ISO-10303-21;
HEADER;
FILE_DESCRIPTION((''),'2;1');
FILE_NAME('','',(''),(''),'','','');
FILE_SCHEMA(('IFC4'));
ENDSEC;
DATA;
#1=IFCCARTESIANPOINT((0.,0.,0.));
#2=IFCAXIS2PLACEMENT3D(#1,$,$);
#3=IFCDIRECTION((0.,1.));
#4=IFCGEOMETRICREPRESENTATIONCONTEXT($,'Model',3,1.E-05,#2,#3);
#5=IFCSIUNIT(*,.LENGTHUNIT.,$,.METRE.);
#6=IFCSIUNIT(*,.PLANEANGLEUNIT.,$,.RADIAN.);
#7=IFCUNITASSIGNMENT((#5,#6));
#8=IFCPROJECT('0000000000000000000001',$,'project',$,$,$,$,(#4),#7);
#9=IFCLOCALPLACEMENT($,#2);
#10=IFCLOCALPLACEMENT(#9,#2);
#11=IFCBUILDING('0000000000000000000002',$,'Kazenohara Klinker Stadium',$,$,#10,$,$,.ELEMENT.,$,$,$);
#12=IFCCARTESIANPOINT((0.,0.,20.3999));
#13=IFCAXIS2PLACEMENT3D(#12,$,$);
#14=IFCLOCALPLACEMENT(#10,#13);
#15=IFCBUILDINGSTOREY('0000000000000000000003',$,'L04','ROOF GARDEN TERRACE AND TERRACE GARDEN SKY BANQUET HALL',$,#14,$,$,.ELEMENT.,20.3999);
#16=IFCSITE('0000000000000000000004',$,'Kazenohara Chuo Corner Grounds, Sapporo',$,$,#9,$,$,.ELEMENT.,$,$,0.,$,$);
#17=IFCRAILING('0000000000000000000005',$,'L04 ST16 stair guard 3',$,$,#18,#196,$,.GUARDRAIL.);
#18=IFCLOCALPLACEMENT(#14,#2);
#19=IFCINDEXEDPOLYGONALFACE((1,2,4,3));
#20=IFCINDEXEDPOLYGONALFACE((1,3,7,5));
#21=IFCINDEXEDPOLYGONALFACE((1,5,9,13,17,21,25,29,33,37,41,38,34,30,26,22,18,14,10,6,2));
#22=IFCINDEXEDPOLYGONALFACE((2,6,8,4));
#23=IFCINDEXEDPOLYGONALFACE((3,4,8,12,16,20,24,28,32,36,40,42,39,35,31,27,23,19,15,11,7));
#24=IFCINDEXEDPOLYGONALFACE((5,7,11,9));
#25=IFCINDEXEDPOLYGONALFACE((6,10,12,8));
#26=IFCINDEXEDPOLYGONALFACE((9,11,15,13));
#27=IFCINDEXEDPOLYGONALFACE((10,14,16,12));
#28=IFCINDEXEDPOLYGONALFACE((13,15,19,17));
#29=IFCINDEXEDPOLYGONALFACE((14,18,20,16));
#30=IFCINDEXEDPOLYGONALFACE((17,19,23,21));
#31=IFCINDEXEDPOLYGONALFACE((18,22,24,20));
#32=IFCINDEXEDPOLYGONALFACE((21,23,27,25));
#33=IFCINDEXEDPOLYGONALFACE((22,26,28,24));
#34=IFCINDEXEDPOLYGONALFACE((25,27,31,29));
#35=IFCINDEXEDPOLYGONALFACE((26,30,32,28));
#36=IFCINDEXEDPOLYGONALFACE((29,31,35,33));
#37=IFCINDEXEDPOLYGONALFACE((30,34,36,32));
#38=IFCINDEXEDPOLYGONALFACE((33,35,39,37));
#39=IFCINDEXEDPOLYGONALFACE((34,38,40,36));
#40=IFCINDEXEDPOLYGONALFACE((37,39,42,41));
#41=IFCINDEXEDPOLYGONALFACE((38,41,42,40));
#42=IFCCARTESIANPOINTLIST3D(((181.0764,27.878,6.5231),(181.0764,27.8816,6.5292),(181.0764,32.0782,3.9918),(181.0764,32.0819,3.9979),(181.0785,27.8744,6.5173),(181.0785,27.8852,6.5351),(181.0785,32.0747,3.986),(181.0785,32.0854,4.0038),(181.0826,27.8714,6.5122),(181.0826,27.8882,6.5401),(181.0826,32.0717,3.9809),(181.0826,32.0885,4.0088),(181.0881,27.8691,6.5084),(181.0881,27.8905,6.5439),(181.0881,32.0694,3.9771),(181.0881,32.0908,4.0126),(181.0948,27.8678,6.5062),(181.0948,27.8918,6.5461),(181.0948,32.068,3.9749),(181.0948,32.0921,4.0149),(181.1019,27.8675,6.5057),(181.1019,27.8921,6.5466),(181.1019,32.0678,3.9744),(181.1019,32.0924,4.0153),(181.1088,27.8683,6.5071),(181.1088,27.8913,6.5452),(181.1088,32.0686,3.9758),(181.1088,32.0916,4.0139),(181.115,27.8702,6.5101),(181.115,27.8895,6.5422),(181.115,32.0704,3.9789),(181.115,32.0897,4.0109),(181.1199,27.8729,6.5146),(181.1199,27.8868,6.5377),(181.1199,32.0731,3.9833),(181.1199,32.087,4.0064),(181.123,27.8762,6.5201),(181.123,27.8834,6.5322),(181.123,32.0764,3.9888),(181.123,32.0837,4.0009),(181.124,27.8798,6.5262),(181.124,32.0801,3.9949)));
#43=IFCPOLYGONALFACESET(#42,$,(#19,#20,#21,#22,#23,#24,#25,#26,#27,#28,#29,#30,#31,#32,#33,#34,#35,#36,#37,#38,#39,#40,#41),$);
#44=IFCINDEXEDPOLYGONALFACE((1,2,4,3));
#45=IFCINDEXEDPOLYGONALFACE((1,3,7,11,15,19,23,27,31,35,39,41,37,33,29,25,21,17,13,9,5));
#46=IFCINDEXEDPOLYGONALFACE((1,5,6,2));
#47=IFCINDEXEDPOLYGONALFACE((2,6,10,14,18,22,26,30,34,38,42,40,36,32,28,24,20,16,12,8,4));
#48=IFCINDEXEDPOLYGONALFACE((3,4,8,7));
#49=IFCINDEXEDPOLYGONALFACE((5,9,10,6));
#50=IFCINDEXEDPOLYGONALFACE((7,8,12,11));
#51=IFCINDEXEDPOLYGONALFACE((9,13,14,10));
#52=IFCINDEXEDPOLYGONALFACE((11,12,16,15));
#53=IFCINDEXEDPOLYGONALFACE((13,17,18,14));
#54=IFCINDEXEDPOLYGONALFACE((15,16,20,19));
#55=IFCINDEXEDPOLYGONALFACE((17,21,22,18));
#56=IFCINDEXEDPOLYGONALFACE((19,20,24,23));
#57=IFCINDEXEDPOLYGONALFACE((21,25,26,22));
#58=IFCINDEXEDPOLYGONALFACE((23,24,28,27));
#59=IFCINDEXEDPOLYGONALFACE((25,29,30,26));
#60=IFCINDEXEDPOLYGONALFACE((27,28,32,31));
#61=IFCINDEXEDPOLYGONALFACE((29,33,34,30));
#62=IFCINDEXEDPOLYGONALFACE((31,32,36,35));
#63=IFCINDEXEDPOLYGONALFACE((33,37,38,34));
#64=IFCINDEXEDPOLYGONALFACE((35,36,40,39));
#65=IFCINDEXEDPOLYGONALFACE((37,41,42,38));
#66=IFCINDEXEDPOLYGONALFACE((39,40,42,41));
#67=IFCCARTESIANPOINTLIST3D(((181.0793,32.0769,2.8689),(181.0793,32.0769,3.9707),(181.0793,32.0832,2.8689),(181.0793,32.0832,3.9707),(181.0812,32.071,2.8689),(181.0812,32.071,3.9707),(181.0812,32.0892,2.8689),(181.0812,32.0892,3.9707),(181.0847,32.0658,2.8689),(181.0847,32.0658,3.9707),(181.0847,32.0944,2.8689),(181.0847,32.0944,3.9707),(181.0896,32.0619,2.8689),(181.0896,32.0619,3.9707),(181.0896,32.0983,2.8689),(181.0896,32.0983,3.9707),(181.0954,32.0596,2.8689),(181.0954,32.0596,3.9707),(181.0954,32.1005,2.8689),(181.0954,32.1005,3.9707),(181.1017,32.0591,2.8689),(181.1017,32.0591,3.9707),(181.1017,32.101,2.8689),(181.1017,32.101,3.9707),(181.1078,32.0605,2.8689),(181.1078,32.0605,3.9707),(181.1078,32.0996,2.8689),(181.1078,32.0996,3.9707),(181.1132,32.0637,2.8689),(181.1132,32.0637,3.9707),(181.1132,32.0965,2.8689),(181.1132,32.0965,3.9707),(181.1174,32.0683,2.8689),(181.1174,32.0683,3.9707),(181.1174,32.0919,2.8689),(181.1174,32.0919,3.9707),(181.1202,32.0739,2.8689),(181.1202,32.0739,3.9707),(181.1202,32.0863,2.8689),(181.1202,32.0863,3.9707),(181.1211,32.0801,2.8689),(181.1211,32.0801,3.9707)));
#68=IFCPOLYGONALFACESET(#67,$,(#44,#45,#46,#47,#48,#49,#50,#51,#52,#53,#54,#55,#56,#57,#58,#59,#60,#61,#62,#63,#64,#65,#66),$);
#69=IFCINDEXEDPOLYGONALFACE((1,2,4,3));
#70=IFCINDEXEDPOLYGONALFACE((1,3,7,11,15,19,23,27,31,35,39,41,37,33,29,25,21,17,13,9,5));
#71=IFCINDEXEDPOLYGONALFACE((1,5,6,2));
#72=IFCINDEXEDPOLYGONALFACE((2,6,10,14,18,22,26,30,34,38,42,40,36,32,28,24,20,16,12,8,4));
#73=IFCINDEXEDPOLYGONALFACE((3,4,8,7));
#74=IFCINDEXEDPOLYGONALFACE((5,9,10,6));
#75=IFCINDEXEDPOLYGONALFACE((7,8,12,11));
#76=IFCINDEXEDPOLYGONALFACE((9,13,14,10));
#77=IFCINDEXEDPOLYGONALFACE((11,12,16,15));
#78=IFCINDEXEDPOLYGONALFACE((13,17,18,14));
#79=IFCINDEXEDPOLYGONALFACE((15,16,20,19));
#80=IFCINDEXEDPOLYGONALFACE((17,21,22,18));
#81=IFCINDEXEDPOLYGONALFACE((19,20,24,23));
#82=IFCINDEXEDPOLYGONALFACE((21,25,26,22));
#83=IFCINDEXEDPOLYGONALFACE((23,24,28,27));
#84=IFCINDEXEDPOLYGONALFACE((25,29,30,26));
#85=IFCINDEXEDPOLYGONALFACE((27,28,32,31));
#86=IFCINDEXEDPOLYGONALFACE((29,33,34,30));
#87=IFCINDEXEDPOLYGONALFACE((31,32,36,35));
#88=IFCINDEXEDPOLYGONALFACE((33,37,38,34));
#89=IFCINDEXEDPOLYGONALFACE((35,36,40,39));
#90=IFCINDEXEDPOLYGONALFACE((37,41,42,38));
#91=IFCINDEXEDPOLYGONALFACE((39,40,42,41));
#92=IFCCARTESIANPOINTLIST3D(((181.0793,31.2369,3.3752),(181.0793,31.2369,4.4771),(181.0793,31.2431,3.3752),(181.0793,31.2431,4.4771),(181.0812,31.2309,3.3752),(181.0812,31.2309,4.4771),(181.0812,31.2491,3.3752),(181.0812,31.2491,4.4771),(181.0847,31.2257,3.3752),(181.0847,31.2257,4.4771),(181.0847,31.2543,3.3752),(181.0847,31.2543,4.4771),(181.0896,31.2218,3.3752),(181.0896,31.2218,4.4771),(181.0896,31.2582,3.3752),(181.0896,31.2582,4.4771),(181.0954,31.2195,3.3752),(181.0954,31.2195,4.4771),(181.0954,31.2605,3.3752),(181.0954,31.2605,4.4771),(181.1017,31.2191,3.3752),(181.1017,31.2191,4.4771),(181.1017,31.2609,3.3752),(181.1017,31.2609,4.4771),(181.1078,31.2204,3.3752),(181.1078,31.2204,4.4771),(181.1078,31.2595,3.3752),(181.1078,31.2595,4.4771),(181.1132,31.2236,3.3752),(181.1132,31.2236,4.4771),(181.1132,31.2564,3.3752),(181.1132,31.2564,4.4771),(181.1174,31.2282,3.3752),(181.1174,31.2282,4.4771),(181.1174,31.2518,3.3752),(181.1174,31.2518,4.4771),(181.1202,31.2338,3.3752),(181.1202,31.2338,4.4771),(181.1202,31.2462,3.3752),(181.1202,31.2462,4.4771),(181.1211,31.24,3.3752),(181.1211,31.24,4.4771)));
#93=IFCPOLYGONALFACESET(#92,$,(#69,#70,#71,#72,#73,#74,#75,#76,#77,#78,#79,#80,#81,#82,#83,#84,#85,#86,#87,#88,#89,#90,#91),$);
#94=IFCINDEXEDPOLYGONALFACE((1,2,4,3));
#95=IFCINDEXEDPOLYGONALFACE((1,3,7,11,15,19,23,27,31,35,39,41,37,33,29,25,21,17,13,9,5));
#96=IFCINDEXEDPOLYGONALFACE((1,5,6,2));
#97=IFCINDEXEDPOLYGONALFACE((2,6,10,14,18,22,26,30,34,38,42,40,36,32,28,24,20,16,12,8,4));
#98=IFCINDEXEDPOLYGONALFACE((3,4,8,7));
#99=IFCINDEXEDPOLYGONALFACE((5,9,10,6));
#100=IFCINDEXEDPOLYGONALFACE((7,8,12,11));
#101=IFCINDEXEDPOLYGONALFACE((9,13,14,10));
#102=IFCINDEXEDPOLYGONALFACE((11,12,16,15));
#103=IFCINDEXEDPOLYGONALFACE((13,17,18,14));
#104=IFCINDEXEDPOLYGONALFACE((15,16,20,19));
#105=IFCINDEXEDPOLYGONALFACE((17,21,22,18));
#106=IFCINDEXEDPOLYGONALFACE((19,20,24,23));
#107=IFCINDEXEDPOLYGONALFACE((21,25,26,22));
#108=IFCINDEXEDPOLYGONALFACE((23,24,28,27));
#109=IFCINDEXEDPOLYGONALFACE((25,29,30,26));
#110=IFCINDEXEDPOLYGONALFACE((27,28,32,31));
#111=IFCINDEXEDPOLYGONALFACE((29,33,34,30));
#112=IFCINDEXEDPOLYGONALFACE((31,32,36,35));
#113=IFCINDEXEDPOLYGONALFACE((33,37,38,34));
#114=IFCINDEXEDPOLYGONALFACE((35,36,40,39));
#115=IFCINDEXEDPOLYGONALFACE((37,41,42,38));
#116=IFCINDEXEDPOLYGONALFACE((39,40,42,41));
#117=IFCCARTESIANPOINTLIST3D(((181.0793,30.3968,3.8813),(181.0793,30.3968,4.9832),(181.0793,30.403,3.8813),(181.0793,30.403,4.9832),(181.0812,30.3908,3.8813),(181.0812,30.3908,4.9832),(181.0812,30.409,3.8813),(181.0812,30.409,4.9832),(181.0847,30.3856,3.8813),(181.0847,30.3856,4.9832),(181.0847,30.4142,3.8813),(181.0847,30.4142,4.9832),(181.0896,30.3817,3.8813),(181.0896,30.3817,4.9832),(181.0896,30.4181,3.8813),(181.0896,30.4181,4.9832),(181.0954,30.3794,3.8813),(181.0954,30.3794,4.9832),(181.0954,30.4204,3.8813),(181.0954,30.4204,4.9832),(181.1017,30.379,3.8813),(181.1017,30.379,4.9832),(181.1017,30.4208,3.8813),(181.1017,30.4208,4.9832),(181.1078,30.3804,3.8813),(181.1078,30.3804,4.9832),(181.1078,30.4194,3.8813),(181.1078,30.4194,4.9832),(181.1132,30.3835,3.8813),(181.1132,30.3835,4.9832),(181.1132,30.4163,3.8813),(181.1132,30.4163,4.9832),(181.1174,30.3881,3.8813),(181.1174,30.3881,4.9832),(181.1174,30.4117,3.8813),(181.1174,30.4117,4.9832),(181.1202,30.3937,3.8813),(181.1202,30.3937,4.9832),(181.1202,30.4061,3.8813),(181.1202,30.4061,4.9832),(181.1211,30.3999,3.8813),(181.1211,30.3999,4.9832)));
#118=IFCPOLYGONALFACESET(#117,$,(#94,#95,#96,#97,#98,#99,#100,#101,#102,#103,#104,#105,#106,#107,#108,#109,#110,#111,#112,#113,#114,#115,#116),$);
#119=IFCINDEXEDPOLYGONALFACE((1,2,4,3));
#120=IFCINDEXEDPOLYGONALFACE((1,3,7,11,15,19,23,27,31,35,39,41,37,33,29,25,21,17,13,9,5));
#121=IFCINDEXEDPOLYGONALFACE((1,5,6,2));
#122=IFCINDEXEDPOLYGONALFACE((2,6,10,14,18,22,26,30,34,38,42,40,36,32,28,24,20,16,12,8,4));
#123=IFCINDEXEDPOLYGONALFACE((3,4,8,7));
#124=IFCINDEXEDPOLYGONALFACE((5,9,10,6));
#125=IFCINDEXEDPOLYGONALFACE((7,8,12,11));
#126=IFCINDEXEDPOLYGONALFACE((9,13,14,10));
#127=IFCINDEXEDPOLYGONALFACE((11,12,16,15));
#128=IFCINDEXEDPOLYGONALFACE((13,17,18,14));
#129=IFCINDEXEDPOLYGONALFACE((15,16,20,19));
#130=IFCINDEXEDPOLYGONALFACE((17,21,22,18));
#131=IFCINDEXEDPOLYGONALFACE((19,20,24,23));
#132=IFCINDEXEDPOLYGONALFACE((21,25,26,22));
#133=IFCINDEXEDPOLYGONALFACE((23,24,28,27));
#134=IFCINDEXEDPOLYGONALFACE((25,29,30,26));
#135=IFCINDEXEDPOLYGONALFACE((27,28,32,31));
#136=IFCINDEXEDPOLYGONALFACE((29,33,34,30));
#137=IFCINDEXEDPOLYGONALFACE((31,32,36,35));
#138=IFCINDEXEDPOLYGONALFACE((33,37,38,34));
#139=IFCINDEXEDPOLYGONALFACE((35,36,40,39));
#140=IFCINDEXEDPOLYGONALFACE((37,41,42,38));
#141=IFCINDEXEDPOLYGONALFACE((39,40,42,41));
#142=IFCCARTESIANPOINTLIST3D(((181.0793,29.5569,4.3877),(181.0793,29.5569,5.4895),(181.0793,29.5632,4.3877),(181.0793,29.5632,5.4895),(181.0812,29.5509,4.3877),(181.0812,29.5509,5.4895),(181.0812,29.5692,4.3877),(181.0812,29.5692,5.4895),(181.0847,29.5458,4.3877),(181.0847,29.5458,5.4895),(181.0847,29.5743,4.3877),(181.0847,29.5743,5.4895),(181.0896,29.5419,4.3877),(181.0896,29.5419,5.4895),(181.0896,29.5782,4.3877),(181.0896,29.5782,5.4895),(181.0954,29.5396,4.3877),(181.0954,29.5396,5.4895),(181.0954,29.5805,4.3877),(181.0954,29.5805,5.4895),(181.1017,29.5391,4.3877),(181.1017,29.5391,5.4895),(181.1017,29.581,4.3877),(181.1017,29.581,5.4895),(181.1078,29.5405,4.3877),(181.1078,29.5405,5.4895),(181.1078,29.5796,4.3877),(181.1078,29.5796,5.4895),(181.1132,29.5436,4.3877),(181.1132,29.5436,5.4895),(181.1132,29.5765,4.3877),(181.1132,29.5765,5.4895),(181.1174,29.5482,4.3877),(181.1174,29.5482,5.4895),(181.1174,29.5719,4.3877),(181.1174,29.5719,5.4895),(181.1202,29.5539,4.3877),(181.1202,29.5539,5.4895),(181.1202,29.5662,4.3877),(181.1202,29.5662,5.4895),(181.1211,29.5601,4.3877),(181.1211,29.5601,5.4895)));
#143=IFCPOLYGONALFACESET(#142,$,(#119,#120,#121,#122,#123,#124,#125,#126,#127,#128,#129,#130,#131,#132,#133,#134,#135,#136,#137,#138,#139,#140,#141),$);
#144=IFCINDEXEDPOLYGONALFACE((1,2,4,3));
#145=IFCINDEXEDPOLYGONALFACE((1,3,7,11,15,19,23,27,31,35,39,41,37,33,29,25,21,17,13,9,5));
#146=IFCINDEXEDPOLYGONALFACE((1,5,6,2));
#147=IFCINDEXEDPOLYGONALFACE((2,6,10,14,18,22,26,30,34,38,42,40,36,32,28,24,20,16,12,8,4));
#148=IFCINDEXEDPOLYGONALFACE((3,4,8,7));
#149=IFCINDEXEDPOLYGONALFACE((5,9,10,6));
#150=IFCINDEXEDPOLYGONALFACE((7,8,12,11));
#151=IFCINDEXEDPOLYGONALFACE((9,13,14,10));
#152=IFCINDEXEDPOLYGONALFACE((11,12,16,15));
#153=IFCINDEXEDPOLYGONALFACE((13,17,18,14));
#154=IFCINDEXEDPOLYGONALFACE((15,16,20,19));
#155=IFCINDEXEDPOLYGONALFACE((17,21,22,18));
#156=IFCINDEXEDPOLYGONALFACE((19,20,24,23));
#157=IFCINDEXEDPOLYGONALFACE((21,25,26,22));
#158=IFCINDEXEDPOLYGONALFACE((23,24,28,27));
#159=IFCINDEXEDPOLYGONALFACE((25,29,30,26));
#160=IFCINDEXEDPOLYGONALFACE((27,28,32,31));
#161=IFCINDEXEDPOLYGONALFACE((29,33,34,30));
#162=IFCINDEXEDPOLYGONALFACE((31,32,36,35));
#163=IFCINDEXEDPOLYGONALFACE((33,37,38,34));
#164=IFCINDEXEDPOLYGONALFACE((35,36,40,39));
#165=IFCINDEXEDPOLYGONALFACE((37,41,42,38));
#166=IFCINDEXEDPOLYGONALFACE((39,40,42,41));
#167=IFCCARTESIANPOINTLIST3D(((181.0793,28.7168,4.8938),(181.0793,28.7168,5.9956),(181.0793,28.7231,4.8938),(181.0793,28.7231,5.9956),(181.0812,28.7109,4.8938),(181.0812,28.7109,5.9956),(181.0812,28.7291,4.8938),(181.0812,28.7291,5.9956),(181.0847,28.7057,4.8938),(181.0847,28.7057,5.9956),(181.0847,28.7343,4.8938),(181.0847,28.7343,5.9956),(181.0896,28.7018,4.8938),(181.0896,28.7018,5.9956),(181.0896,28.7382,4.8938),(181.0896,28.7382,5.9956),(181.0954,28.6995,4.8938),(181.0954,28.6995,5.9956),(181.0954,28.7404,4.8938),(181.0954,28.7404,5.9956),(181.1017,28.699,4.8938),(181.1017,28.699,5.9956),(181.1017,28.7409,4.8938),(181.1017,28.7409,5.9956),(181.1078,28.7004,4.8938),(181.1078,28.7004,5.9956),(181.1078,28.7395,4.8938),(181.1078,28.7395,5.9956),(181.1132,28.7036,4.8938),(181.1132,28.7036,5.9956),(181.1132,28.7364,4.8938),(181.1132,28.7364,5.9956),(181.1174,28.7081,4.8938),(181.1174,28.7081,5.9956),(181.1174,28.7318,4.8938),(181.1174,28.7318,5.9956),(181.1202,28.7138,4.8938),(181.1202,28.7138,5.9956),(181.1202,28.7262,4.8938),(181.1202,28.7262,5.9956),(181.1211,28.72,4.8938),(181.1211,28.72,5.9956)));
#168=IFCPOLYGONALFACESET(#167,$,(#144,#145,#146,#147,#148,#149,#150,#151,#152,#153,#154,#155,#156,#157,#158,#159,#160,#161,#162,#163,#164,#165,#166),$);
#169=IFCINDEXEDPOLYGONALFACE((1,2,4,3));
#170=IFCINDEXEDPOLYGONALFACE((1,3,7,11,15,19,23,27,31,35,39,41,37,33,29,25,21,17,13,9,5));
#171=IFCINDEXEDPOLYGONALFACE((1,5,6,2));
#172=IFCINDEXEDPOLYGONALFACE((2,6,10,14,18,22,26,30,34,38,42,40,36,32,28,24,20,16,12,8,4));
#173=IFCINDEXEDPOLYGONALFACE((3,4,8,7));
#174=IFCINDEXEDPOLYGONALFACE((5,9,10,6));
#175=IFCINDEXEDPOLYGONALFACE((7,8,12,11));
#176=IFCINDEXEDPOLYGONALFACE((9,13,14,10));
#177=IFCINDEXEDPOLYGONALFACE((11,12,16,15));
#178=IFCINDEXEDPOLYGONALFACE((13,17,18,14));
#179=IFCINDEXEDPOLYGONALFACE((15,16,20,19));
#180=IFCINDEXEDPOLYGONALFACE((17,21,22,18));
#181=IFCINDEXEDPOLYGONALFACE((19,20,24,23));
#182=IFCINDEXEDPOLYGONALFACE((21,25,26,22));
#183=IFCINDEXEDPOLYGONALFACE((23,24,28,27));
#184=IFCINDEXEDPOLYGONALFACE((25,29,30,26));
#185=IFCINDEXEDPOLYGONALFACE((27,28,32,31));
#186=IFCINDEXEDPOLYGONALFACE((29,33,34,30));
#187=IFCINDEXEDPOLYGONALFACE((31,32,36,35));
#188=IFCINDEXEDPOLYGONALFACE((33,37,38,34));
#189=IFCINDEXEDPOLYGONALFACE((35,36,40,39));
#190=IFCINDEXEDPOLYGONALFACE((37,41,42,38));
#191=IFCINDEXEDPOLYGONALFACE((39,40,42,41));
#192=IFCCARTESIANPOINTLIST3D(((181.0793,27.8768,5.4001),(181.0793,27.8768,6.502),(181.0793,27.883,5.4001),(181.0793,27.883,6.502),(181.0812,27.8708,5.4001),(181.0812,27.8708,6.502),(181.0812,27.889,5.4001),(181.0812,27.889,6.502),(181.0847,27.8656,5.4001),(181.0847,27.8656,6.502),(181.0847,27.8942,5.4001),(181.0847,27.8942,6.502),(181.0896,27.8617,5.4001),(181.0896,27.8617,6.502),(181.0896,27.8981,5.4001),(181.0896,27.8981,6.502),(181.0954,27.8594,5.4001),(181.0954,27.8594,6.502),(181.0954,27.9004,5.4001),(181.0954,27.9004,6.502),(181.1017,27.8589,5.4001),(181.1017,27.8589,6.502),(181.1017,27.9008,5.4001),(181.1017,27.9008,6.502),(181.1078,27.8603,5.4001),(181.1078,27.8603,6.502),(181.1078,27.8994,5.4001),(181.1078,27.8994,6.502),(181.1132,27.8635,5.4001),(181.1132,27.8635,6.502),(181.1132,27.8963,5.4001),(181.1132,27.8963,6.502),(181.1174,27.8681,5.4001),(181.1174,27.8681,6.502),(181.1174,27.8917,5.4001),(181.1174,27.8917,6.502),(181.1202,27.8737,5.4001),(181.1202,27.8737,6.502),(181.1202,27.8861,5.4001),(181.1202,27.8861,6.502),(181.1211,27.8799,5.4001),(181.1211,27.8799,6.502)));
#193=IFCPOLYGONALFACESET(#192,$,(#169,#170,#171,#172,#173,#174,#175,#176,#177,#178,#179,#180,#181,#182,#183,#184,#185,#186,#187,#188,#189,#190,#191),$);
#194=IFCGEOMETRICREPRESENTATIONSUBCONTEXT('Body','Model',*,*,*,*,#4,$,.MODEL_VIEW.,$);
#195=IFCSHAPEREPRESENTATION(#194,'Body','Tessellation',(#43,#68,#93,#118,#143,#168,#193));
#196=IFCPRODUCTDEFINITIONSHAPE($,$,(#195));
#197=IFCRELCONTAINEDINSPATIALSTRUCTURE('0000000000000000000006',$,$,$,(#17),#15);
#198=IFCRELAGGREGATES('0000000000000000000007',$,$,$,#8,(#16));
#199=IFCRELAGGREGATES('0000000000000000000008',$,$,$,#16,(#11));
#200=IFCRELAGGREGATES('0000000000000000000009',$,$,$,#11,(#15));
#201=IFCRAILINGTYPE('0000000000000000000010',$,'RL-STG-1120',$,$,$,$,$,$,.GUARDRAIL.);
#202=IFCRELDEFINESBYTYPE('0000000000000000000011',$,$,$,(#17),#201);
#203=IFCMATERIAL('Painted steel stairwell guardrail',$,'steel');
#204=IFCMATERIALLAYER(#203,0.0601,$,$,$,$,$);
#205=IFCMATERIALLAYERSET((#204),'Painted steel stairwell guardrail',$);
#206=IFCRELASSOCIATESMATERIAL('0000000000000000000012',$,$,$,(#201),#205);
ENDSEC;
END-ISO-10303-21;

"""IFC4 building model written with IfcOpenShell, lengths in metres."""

from ifc_helpers import new_model, si_unit, direction, frame, origin, origin_2d, place, context, subcontext, project, spatial, circle, extrude, material, layer, layer_set, type_object, element, save


model = new_model("IFC4")

# Units and contexts
model_context = context("Model", 3, precision=1e-05, world=origin(), true_north=direction((0.0, 1.0)))
body_context = subcontext(model_context, "Body", "Model", "MODEL_VIEW")
ifc_project = project(units=[si_unit("LENGTHUNIT", "METRE"), si_unit("PLANEANGLEUNIT", "RADIAN")], contexts=[model_context])

# Site, building, storey
site_placement = place(None, origin())
site = spatial("IfcSite", under=ifc_project, at=site_placement, Name="Kazenohara Chuo Corner Grounds, Sapporo", CompositionType="ELEMENT", RefElevation=0.0)
building_placement = place(site_placement, origin())
building = spatial("IfcBuilding", under=site, at=building_placement, Name="Kazenohara Klinker Stadium", CompositionType="ELEMENT")
storey_placement = place(building_placement, frame((0.0, 0.0, 20.3999)))
storey = spatial("IfcBuildingStorey", under=building, at=storey_placement, Name="L04", Description="ROOF GARDEN TERRACE AND TERRACE GARDEN SKY BANQUET HALL", CompositionType="ELEMENT", Elevation=20.3999)

# Railing
ifc_material_1 = material(Name="Painted steel stairwell guardrail", Category="steel")
ifc_layer_1 = layer(ifc_material_1, 0.0601)
ifc_layer_set_1 = layer_set([ifc_layer_1], Name="Painted steel stairwell guardrail")
railing_type_1 = type_object("IfcRailingType", Name="RL-STG-1120", PredefinedType="GUARDRAIL", material=ifc_layer_set_1)
railing_1_placement = place(storey_placement, frame((181.1001, 32.0801, 2.8689)))
element("IfcRailing", 1, at=railing_1_placement, inside=storey, type_object=railing_type_1, Name="L04 ST16 stair guard 3", PredefinedType="GUARDRAIL", context=body_context, shape_type="SweptSolid", body=[
    extrude(circle(Radius=0.0239, at=origin_2d()), frame((0.0, 0.0, 1.126), z_axis=(0.0, -0.85649, 0.516164), x_axis=(1.0, 0.0, 0.0)), (0.0, 0.0, 1.0), 4.9041),
    extrude(circle(Radius=0.021, at=origin_2d()), origin(), (0.0, 0.0, 1.0), 1.1018),
    extrude(circle(Radius=0.021, at=origin_2d()), frame((0.0, -0.8401, 0.5063)), (0.0, 0.0, 1.0), 1.1018),
    extrude(circle(Radius=0.021, at=origin_2d()), frame((0.0, -1.6802, 1.0125)), (0.0, 0.0, 1.0), 1.1018),
    extrude(circle(Radius=0.021, at=origin_2d()), frame((0.0, -2.52, 1.5188)), (0.0, 0.0, 1.0), 1.1018),
    extrude(circle(Radius=0.021, at=origin_2d()), frame((0.0, -3.3601, 2.0249)), (0.0, 0.0, 1.0), 1.1018),
    extrude(circle(Radius=0.021, at=origin_2d()), frame((0.0, -4.2002, 2.5312)), (0.0, 0.0, 1.0), 1.1018),
])

save(model, "model.ifc")
